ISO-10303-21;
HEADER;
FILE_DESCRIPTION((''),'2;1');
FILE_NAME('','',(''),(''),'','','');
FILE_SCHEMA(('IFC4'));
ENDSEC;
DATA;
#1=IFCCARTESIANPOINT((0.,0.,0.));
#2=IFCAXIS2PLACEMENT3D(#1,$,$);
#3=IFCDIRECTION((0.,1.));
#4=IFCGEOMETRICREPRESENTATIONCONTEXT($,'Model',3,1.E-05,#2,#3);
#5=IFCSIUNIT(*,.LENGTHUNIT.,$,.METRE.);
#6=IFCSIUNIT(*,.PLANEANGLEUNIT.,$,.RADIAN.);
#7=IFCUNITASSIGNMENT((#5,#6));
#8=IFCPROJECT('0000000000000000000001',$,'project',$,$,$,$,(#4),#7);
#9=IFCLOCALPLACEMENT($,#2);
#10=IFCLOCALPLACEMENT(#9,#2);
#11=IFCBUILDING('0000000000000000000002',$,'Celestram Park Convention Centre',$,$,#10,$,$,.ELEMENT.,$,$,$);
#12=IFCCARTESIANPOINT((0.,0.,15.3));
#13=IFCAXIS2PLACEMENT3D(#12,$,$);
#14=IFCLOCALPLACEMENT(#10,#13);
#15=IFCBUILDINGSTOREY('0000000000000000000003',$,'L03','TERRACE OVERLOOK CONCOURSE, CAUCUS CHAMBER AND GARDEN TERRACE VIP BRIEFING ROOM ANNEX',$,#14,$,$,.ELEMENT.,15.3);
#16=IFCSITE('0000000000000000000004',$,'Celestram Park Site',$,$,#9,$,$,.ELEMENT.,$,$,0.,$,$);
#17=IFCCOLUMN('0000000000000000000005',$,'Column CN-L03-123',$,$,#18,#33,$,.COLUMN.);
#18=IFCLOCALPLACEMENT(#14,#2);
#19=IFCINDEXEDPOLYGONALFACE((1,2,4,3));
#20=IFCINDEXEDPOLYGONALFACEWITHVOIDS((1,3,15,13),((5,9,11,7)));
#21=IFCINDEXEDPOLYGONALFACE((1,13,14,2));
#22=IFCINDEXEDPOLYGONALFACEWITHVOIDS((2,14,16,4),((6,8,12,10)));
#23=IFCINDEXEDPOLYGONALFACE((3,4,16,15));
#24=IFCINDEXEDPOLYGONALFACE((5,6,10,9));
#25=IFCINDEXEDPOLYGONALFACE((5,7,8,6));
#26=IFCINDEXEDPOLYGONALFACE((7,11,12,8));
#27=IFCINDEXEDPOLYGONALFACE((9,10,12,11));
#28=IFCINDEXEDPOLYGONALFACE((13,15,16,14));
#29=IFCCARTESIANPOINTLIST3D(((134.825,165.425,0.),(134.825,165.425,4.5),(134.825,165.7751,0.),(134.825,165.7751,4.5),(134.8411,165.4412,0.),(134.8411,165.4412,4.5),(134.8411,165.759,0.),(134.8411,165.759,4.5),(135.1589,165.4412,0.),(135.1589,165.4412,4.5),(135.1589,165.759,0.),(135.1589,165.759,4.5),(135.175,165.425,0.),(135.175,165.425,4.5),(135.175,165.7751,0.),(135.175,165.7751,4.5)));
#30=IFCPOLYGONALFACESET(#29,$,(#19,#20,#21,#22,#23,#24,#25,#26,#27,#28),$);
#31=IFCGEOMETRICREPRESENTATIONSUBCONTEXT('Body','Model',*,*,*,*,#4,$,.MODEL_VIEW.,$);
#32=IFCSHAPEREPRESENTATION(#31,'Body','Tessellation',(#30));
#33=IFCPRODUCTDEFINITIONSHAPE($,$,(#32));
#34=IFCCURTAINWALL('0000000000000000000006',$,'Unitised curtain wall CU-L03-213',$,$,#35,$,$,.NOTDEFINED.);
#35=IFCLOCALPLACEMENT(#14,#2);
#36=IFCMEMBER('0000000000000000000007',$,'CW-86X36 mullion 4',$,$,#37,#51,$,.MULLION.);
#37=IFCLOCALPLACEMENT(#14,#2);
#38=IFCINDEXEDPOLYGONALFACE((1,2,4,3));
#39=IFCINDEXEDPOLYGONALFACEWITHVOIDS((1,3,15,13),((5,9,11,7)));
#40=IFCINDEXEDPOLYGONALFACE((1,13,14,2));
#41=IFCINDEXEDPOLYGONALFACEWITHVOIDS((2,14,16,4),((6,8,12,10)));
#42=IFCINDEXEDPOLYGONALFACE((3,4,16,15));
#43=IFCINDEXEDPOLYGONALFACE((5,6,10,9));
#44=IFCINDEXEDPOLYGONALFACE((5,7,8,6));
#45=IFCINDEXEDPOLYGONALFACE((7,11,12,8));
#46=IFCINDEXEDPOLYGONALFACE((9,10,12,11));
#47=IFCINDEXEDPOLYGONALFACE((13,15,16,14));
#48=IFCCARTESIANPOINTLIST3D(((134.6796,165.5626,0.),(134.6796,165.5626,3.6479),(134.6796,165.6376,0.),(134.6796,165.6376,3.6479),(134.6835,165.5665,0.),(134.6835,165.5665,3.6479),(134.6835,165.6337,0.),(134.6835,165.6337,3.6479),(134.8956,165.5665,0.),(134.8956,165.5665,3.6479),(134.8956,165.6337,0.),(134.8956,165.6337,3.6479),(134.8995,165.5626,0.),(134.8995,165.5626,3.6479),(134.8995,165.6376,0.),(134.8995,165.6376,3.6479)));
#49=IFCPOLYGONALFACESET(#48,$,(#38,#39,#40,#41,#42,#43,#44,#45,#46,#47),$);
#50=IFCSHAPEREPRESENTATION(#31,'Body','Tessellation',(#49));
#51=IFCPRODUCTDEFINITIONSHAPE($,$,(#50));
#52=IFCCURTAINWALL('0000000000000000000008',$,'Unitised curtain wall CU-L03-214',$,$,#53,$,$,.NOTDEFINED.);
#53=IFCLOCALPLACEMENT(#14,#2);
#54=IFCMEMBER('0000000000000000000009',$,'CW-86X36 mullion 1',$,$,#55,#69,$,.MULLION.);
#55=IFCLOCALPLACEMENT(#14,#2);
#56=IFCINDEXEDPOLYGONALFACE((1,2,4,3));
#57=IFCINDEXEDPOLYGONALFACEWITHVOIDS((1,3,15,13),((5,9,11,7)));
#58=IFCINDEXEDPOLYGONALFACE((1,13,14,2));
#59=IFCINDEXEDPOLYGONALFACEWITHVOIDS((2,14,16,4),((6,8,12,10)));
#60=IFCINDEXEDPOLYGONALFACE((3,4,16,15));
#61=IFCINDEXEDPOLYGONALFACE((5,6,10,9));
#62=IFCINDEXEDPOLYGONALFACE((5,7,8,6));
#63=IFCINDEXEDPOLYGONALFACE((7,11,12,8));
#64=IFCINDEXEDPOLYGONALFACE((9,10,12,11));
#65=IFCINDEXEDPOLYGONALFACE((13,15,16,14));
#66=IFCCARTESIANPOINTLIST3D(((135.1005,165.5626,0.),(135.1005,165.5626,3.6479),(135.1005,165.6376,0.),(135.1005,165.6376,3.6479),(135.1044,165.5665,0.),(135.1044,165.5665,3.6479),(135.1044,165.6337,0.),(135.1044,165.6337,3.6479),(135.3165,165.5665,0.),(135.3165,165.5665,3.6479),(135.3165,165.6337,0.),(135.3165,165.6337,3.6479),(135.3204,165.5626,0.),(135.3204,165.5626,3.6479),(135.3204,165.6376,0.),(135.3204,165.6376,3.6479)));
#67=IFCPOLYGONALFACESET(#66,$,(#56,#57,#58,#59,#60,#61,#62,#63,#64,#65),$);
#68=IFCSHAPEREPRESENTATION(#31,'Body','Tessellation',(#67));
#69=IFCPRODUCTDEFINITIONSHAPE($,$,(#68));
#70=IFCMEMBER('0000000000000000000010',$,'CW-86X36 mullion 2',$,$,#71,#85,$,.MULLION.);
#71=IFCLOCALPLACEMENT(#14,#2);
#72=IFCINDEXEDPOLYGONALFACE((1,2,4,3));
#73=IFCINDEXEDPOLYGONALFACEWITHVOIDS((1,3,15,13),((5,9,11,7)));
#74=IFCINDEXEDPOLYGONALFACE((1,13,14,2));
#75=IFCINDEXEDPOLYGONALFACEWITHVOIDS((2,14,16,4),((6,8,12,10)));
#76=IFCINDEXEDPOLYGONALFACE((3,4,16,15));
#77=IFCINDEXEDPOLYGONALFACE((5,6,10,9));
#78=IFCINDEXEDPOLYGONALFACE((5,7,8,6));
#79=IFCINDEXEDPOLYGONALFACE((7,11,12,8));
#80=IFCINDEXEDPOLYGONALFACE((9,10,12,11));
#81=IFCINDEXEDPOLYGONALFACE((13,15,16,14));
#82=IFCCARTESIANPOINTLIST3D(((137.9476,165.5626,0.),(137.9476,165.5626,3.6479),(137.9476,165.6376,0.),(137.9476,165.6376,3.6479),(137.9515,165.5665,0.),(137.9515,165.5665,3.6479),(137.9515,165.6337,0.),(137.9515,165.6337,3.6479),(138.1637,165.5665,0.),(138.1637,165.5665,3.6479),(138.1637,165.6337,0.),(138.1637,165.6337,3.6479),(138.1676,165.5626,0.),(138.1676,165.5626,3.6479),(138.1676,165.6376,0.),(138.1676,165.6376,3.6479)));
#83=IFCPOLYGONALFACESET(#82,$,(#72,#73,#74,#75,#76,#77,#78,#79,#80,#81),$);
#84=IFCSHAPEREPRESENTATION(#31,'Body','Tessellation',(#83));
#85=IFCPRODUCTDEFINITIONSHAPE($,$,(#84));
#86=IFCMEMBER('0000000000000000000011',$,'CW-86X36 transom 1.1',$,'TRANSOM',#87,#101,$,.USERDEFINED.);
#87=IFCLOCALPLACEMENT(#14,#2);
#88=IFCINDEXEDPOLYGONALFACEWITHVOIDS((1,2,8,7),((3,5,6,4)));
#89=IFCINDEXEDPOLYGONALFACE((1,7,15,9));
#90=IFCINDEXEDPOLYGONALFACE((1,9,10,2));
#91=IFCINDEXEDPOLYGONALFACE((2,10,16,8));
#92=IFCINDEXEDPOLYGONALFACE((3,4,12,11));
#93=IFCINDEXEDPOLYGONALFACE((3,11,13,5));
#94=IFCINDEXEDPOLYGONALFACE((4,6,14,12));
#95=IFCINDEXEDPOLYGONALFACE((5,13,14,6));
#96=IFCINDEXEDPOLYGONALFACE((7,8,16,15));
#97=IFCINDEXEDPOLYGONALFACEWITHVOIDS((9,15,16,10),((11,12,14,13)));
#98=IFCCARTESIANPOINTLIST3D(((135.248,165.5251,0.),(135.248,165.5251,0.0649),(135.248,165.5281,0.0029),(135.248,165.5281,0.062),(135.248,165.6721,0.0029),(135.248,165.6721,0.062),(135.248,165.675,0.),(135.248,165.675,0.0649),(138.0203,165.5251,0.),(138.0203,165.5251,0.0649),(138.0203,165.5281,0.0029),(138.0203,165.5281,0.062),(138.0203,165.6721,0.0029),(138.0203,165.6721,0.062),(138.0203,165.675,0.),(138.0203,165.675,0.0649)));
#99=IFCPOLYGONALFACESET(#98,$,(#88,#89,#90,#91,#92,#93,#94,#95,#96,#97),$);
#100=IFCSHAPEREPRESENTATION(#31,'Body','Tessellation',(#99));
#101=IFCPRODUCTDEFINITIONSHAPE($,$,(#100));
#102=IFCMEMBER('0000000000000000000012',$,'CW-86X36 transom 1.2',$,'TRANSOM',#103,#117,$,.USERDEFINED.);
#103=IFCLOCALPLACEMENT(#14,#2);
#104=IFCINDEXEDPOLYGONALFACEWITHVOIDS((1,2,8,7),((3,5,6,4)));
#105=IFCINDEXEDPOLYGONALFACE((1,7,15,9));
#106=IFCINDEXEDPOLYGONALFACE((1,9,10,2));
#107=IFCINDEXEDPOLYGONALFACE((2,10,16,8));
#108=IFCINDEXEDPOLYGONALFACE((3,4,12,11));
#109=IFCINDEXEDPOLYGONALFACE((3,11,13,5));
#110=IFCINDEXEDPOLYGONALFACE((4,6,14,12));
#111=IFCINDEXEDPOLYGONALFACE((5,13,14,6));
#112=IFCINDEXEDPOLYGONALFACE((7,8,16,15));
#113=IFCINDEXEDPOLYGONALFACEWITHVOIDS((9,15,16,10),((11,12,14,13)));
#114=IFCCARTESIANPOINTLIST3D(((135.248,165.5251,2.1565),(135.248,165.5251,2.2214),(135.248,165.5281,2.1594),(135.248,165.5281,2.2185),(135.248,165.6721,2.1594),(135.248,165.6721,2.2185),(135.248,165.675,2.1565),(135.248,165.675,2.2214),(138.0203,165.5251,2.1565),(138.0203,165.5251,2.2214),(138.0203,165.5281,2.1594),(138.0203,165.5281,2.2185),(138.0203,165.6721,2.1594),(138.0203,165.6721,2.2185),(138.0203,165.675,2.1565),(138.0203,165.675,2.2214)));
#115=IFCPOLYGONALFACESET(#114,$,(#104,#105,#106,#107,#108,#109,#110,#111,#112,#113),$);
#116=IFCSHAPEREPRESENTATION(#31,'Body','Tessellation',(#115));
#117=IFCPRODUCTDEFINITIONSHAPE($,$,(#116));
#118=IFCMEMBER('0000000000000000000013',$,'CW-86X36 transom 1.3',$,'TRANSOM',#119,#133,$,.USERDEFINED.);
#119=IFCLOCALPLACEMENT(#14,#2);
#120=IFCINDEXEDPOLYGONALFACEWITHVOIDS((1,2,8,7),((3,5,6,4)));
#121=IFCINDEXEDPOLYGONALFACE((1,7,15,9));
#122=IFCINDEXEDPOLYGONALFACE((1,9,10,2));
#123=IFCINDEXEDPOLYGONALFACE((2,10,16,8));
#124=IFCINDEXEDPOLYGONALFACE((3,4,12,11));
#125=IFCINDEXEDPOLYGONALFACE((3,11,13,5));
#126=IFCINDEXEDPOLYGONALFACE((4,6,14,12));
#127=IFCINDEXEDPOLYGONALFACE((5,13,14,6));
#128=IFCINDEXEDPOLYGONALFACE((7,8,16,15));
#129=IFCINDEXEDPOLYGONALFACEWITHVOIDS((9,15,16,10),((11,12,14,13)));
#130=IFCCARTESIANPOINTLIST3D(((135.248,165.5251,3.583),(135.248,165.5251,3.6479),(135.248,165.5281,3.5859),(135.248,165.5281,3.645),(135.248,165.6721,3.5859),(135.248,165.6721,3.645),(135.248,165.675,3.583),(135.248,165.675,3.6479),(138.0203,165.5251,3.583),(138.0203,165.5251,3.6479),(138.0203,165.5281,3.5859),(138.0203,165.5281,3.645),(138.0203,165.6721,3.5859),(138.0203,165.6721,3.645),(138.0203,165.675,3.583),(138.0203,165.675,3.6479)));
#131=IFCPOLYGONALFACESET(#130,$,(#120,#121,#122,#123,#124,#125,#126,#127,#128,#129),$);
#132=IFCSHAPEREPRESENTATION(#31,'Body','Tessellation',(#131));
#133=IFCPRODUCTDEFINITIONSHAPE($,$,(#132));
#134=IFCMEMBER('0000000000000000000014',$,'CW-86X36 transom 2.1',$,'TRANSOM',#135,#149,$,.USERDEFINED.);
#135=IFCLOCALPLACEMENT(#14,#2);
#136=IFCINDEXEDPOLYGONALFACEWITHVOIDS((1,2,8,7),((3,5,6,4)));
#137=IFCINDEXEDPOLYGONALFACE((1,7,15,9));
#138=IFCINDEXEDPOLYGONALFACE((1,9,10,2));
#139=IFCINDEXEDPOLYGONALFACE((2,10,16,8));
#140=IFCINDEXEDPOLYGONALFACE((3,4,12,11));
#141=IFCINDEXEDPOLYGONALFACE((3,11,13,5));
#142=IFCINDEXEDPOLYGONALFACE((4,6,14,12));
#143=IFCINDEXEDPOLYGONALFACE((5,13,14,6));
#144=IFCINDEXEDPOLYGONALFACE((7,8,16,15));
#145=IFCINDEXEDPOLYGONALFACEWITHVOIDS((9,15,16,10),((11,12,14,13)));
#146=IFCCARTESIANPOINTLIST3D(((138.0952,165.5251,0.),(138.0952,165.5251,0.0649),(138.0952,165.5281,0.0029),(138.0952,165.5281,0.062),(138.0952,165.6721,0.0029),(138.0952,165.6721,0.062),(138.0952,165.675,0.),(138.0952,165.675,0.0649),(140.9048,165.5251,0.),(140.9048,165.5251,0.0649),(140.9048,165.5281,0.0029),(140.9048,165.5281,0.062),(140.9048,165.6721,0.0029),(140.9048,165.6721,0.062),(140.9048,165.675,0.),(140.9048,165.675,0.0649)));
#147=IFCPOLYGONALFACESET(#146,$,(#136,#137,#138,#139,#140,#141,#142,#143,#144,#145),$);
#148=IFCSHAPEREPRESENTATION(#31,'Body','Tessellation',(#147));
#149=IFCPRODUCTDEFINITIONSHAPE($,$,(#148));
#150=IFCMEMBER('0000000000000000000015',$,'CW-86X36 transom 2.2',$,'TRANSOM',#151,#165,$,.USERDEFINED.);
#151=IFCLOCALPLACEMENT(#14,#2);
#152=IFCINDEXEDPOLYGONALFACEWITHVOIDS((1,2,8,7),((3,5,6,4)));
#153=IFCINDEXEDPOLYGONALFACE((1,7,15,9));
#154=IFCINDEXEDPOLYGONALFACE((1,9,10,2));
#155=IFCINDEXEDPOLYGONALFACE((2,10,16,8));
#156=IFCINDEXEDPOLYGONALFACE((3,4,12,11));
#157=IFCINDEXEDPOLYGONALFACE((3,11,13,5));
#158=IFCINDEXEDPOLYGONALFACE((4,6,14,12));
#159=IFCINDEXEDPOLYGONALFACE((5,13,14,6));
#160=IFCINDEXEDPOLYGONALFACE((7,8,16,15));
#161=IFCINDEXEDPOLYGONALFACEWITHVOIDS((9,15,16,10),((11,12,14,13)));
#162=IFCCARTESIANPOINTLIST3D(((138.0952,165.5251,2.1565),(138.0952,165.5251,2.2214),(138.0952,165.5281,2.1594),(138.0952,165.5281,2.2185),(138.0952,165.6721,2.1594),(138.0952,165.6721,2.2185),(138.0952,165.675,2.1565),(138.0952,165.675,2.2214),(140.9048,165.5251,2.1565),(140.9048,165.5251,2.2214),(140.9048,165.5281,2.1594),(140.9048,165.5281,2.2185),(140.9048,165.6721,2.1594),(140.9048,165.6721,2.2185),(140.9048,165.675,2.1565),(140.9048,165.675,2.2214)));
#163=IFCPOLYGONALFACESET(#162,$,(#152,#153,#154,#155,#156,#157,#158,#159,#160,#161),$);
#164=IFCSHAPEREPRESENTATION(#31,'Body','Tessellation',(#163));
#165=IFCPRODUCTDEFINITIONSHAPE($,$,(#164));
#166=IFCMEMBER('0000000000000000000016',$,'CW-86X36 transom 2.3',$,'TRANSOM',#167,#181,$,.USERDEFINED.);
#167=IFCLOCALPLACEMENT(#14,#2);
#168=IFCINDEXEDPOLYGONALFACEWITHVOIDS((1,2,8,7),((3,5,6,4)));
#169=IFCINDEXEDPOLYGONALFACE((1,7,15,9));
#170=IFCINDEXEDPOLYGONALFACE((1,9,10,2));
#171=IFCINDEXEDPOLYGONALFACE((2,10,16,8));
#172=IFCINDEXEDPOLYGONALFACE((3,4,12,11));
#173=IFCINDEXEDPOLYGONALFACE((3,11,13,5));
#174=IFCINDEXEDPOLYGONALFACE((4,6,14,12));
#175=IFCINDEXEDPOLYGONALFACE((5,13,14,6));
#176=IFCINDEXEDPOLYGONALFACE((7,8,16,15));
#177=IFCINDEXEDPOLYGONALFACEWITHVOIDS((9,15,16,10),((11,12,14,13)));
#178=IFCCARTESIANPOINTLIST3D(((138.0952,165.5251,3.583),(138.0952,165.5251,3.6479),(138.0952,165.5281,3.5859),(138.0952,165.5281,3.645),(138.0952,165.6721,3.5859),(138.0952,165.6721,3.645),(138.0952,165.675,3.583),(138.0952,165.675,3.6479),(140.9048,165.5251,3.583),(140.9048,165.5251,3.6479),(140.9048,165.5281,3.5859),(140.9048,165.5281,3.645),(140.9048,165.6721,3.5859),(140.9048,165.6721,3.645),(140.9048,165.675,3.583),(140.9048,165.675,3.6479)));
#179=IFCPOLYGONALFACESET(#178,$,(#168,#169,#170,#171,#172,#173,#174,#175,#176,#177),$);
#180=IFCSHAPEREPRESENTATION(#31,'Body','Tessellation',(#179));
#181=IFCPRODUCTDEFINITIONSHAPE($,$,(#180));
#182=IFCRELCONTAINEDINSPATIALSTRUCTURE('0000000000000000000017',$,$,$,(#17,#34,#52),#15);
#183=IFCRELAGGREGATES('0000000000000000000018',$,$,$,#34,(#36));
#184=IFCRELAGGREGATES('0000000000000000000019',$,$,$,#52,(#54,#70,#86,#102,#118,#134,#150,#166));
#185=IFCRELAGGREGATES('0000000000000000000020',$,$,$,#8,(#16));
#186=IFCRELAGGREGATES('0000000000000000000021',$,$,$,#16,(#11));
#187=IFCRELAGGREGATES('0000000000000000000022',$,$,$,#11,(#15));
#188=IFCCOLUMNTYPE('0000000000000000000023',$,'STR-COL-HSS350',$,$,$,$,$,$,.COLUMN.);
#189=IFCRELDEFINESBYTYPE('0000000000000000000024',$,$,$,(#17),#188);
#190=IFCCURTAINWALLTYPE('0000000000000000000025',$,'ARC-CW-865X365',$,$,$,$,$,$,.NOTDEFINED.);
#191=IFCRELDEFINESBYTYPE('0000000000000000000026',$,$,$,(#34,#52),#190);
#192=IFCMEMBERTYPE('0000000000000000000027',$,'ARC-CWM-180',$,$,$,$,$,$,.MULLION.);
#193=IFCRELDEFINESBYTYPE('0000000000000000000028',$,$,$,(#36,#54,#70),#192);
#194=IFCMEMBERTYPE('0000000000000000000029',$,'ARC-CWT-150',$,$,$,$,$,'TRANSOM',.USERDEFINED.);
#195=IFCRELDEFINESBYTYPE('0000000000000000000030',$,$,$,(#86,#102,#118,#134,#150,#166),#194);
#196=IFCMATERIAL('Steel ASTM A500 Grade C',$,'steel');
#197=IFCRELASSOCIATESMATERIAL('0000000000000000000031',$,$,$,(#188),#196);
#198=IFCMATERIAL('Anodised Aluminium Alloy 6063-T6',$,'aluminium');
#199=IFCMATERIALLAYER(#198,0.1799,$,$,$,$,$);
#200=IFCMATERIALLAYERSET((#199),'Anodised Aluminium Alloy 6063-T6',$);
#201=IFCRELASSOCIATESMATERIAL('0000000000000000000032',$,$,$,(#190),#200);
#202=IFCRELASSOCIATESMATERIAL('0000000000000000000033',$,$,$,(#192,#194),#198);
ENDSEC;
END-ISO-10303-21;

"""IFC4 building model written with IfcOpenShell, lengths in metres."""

from ifc_helpers import new_model, si_unit, direction, frame, origin, origin_2d, place, context, subcontext, project, spatial, hollow_rectangle, extrude, material, layer, layer_set, material_profile, profile_set, type_object, element, aggregate, save


model = new_model("IFC4")

# Units and contexts
model_context = context("Model", 3, precision=1e-05, world=origin(), true_north=direction((0.0, 1.0)))
body_context = subcontext(model_context, "Body", "Model", "MODEL_VIEW")
ifc_project = project(units=[si_unit("LENGTHUNIT", "METRE"), si_unit("PLANEANGLEUNIT", "RADIAN")], contexts=[model_context])

# Site, building, storey
site_placement = place(None, origin())
site = spatial("IfcSite", under=ifc_project, at=site_placement, Name="Celestram Park Site", CompositionType="ELEMENT", RefElevation=0.0)
building_placement = place(site_placement, origin())
building = spatial("IfcBuilding", under=site, at=building_placement, Name="Celestram Park Convention Centre", CompositionType="ELEMENT")
storey_placement = place(building_placement, frame((0.0, 0.0, 15.3)))
storey = spatial("IfcBuildingStorey", under=building, at=storey_placement, Name="L03", Description="TERRACE OVERLOOK CONCOURSE, CAUCUS CHAMBER AND GARDEN TERRACE VIP BRIEFING ROOM ANNEX", CompositionType="ELEMENT", Elevation=15.3)

# Column
ifc_material_1 = material(Name="Steel ASTM A500 Grade C", Category="steel")
ifc_material_profile_1 = material_profile(ifc_material_1, hollow_rectangle(XDim=0.3501, YDim=0.3501, WallThickness=0.0161, at=origin_2d()), Name="HSS350X350X16")
ifc_profile_set_1 = profile_set([ifc_material_profile_1], Name="Steel ASTM A500 Grade C")
column_type = type_object("IfcColumnType", Name="STR-COL-HSS350", PredefinedType="COLUMN", material=ifc_profile_set_1)
column_placement = place(storey_placement, frame((135.0, 165.6001, 0.0), z_axis=(0.0, 0.0, 1.0), x_axis=(1.0, 0.0, 0.0)))
element("IfcColumn", 1, at=column_placement, inside=storey, type_object=column_type, Name="Column CN-L03-123", PredefinedType="COLUMN", context=body_context, shape_type="SweptSolid", body=[
    extrude(hollow_rectangle(XDim=0.3501, YDim=0.3501, WallThickness=0.0161, at=origin_2d()), origin(), (0.0, 0.0, 1.0), 4.5),
])

# Curtain wall, member
ifc_material_2 = material(Name="Anodised Aluminium Alloy 6063-T6", Category="aluminium")
ifc_layer_1 = layer(ifc_material_2, 0.1799)
ifc_layer_set_1 = layer_set([ifc_layer_1], Name="Anodised Aluminium Alloy 6063-T6")
curtain_wall_type = type_object("IfcCurtainWallType", Name="ARC-CW-865X365", PredefinedType="NOTDEFINED", material=ifc_layer_set_1)
curtain_wall_1_placement = place(storey_placement, origin())
curtain_wall_1 = element("IfcCurtainWall", 2, at=curtain_wall_1_placement, inside=storey, type_object=curtain_wall_type, Name="Unitised curtain wall CU-L03-213", PredefinedType="NOTDEFINED")
ifc_material_profile_2 = material_profile(ifc_material_2, hollow_rectangle(XDim=0.075, YDim=0.22, WallThickness=0.0039, at=origin_2d()), Name="ALU75X220X4")
ifc_profile_set_2 = profile_set([ifc_material_profile_2], Name="Anodised Aluminium Alloy 6063-T6")
member_type_1 = type_object("IfcMemberType", Name="ARC-CWM-180", PredefinedType="MULLION", material=ifc_profile_set_2)
member_1_placement = place(storey_placement, frame((134.7896, 165.6001, 0.0), z_axis=(0.0, 0.0, 1.0), x_axis=(0.0, 1.0, 0.0)))
member_1 = element("IfcMember", 3, at=member_1_placement, type_object=member_type_1, Name="CW-86X36 mullion 4", PredefinedType="MULLION", context=body_context, shape_type="SweptSolid", body=[
    extrude(hollow_rectangle(XDim=0.075, YDim=0.22, WallThickness=0.0039, at=origin_2d()), origin(), (0.0, 0.0, 1.0), 3.6479),
])
aggregate(curtain_wall_1, [member_1])

# Curtain wall, members
curtain_wall_2_placement = place(storey_placement, origin())
curtain_wall_2 = element("IfcCurtainWall", 4, at=curtain_wall_2_placement, inside=storey, type_object=curtain_wall_type, Name="Unitised curtain wall CU-L03-214", PredefinedType="NOTDEFINED")
member_2_placement = place(storey_placement, frame((135.2104, 165.6001, 0.0), z_axis=(0.0, 0.0, 1.0), x_axis=(0.0, 1.0, 0.0)))
member_2 = element("IfcMember", 5, at=member_2_placement, type_object=member_type_1, Name="CW-86X36 mullion 1", PredefinedType="MULLION", context=body_context, shape_type="SweptSolid", body=[
    extrude(hollow_rectangle(XDim=0.075, YDim=0.22, WallThickness=0.0039, at=origin_2d()), origin(), (0.0, 0.0, 1.0), 3.6479),
])
member_3_placement = place(storey_placement, frame((138.0576, 165.6001, 0.0), z_axis=(0.0, 0.0, 1.0), x_axis=(0.0, 1.0, 0.0)))
member_3 = element("IfcMember", 6, at=member_3_placement, type_object=member_type_1, Name="CW-86X36 mullion 2", PredefinedType="MULLION", context=body_context, shape_type="SweptSolid", body=[
    extrude(hollow_rectangle(XDim=0.075, YDim=0.22, WallThickness=0.0039, at=origin_2d()), origin(), (0.0, 0.0, 1.0), 3.6479),
])
ifc_material_profile_3 = material_profile(ifc_material_2, hollow_rectangle(XDim=0.1499, YDim=0.0649, WallThickness=0.0029, at=origin_2d()), Name="ALU150X65X3")
ifc_profile_set_3 = profile_set([ifc_material_profile_3], Name="Anodised Aluminium Alloy 6063-T6")
member_type_2 = type_object("IfcMemberType", Name="ARC-CWT-150", ElementType="TRANSOM", PredefinedType="USERDEFINED", material=ifc_profile_set_3)
member_4_placement = place(storey_placement, frame((135.248, 165.6001, 0.0325), z_axis=(1.0, 0.0, 0.0), x_axis=(0.0, 1.0, 0.0)))
member_4 = element("IfcMember", 7, at=member_4_placement, type_object=member_type_2, Name="CW-86X36 transom 1.1", ObjectType="TRANSOM", PredefinedType="USERDEFINED", context=body_context, shape_type="SweptSolid", body=[
    extrude(hollow_rectangle(XDim=0.1499, YDim=0.0649, WallThickness=0.0029, at=origin_2d()), origin(), (0.0, 0.0, 1.0), 2.7722),
])
member_5_placement = place(storey_placement, frame((135.248, 165.6001, 2.189), z_axis=(1.0, 0.0, 0.0), x_axis=(0.0, 1.0, 0.0)))
member_5 = element("IfcMember", 8, at=member_5_placement, type_object=member_type_2, Name="CW-86X36 transom 1.2", ObjectType="TRANSOM", PredefinedType="USERDEFINED", context=body_context, shape_type="SweptSolid", body=[
    extrude(hollow_rectangle(XDim=0.1499, YDim=0.0649, WallThickness=0.0029, at=origin_2d()), origin(), (0.0, 0.0, 1.0), 2.7722),
])
member_6_placement = place(storey_placement, frame((135.248, 165.6001, 3.6155), z_axis=(1.0, 0.0, 0.0), x_axis=(0.0, 1.0, 0.0)))
member_6 = element("IfcMember", 9, at=member_6_placement, type_object=member_type_2, Name="CW-86X36 transom 1.3", ObjectType="TRANSOM", PredefinedType="USERDEFINED", context=body_context, shape_type="SweptSolid", body=[
    extrude(hollow_rectangle(XDim=0.1499, YDim=0.0649, WallThickness=0.0029, at=origin_2d()), origin(), (0.0, 0.0, 1.0), 2.7722),
])
member_7_placement = place(storey_placement, frame((138.0952, 165.6001, 0.0325), z_axis=(1.0, 0.0, 0.0), x_axis=(0.0, 1.0, 0.0)))
member_7 = element("IfcMember", 10, at=member_7_placement, type_object=member_type_2, Name="CW-86X36 transom 2.1", ObjectType="TRANSOM", PredefinedType="USERDEFINED", context=body_context, shape_type="SweptSolid", body=[
    extrude(hollow_rectangle(XDim=0.1499, YDim=0.0649, WallThickness=0.0029, at=origin_2d()), origin(), (0.0, 0.0, 1.0), 2.8096),
])
member_8_placement = place(storey_placement, frame((138.0952, 165.6001, 2.189), z_axis=(1.0, 0.0, 0.0), x_axis=(0.0, 1.0, 0.0)))
member_8 = element("IfcMember", 11, at=member_8_placement, type_object=member_type_2, Name="CW-86X36 transom 2.2", ObjectType="TRANSOM", PredefinedType="USERDEFINED", context=body_context, shape_type="SweptSolid", body=[
    extrude(hollow_rectangle(XDim=0.1499, YDim=0.0649, WallThickness=0.0029, at=origin_2d()), origin(), (0.0, 0.0, 1.0), 2.8096),
])
member_9_placement = place(storey_placement, frame((138.0952, 165.6001, 3.6155), z_axis=(1.0, 0.0, 0.0), x_axis=(0.0, 1.0, 0.0)))
member_9 = element("IfcMember", 12, at=member_9_placement, type_object=member_type_2, Name="CW-86X36 transom 2.3", ObjectType="TRANSOM", PredefinedType="USERDEFINED", context=body_context, shape_type="SweptSolid", body=[
    extrude(hollow_rectangle(XDim=0.1499, YDim=0.0649, WallThickness=0.0029, at=origin_2d()), origin(), (0.0, 0.0, 1.0), 2.8096),
])

aggregate(curtain_wall_2, [member_2, member_3, member_4, member_5, member_6, member_7, member_8, member_9])

save(model, "model.ifc")
